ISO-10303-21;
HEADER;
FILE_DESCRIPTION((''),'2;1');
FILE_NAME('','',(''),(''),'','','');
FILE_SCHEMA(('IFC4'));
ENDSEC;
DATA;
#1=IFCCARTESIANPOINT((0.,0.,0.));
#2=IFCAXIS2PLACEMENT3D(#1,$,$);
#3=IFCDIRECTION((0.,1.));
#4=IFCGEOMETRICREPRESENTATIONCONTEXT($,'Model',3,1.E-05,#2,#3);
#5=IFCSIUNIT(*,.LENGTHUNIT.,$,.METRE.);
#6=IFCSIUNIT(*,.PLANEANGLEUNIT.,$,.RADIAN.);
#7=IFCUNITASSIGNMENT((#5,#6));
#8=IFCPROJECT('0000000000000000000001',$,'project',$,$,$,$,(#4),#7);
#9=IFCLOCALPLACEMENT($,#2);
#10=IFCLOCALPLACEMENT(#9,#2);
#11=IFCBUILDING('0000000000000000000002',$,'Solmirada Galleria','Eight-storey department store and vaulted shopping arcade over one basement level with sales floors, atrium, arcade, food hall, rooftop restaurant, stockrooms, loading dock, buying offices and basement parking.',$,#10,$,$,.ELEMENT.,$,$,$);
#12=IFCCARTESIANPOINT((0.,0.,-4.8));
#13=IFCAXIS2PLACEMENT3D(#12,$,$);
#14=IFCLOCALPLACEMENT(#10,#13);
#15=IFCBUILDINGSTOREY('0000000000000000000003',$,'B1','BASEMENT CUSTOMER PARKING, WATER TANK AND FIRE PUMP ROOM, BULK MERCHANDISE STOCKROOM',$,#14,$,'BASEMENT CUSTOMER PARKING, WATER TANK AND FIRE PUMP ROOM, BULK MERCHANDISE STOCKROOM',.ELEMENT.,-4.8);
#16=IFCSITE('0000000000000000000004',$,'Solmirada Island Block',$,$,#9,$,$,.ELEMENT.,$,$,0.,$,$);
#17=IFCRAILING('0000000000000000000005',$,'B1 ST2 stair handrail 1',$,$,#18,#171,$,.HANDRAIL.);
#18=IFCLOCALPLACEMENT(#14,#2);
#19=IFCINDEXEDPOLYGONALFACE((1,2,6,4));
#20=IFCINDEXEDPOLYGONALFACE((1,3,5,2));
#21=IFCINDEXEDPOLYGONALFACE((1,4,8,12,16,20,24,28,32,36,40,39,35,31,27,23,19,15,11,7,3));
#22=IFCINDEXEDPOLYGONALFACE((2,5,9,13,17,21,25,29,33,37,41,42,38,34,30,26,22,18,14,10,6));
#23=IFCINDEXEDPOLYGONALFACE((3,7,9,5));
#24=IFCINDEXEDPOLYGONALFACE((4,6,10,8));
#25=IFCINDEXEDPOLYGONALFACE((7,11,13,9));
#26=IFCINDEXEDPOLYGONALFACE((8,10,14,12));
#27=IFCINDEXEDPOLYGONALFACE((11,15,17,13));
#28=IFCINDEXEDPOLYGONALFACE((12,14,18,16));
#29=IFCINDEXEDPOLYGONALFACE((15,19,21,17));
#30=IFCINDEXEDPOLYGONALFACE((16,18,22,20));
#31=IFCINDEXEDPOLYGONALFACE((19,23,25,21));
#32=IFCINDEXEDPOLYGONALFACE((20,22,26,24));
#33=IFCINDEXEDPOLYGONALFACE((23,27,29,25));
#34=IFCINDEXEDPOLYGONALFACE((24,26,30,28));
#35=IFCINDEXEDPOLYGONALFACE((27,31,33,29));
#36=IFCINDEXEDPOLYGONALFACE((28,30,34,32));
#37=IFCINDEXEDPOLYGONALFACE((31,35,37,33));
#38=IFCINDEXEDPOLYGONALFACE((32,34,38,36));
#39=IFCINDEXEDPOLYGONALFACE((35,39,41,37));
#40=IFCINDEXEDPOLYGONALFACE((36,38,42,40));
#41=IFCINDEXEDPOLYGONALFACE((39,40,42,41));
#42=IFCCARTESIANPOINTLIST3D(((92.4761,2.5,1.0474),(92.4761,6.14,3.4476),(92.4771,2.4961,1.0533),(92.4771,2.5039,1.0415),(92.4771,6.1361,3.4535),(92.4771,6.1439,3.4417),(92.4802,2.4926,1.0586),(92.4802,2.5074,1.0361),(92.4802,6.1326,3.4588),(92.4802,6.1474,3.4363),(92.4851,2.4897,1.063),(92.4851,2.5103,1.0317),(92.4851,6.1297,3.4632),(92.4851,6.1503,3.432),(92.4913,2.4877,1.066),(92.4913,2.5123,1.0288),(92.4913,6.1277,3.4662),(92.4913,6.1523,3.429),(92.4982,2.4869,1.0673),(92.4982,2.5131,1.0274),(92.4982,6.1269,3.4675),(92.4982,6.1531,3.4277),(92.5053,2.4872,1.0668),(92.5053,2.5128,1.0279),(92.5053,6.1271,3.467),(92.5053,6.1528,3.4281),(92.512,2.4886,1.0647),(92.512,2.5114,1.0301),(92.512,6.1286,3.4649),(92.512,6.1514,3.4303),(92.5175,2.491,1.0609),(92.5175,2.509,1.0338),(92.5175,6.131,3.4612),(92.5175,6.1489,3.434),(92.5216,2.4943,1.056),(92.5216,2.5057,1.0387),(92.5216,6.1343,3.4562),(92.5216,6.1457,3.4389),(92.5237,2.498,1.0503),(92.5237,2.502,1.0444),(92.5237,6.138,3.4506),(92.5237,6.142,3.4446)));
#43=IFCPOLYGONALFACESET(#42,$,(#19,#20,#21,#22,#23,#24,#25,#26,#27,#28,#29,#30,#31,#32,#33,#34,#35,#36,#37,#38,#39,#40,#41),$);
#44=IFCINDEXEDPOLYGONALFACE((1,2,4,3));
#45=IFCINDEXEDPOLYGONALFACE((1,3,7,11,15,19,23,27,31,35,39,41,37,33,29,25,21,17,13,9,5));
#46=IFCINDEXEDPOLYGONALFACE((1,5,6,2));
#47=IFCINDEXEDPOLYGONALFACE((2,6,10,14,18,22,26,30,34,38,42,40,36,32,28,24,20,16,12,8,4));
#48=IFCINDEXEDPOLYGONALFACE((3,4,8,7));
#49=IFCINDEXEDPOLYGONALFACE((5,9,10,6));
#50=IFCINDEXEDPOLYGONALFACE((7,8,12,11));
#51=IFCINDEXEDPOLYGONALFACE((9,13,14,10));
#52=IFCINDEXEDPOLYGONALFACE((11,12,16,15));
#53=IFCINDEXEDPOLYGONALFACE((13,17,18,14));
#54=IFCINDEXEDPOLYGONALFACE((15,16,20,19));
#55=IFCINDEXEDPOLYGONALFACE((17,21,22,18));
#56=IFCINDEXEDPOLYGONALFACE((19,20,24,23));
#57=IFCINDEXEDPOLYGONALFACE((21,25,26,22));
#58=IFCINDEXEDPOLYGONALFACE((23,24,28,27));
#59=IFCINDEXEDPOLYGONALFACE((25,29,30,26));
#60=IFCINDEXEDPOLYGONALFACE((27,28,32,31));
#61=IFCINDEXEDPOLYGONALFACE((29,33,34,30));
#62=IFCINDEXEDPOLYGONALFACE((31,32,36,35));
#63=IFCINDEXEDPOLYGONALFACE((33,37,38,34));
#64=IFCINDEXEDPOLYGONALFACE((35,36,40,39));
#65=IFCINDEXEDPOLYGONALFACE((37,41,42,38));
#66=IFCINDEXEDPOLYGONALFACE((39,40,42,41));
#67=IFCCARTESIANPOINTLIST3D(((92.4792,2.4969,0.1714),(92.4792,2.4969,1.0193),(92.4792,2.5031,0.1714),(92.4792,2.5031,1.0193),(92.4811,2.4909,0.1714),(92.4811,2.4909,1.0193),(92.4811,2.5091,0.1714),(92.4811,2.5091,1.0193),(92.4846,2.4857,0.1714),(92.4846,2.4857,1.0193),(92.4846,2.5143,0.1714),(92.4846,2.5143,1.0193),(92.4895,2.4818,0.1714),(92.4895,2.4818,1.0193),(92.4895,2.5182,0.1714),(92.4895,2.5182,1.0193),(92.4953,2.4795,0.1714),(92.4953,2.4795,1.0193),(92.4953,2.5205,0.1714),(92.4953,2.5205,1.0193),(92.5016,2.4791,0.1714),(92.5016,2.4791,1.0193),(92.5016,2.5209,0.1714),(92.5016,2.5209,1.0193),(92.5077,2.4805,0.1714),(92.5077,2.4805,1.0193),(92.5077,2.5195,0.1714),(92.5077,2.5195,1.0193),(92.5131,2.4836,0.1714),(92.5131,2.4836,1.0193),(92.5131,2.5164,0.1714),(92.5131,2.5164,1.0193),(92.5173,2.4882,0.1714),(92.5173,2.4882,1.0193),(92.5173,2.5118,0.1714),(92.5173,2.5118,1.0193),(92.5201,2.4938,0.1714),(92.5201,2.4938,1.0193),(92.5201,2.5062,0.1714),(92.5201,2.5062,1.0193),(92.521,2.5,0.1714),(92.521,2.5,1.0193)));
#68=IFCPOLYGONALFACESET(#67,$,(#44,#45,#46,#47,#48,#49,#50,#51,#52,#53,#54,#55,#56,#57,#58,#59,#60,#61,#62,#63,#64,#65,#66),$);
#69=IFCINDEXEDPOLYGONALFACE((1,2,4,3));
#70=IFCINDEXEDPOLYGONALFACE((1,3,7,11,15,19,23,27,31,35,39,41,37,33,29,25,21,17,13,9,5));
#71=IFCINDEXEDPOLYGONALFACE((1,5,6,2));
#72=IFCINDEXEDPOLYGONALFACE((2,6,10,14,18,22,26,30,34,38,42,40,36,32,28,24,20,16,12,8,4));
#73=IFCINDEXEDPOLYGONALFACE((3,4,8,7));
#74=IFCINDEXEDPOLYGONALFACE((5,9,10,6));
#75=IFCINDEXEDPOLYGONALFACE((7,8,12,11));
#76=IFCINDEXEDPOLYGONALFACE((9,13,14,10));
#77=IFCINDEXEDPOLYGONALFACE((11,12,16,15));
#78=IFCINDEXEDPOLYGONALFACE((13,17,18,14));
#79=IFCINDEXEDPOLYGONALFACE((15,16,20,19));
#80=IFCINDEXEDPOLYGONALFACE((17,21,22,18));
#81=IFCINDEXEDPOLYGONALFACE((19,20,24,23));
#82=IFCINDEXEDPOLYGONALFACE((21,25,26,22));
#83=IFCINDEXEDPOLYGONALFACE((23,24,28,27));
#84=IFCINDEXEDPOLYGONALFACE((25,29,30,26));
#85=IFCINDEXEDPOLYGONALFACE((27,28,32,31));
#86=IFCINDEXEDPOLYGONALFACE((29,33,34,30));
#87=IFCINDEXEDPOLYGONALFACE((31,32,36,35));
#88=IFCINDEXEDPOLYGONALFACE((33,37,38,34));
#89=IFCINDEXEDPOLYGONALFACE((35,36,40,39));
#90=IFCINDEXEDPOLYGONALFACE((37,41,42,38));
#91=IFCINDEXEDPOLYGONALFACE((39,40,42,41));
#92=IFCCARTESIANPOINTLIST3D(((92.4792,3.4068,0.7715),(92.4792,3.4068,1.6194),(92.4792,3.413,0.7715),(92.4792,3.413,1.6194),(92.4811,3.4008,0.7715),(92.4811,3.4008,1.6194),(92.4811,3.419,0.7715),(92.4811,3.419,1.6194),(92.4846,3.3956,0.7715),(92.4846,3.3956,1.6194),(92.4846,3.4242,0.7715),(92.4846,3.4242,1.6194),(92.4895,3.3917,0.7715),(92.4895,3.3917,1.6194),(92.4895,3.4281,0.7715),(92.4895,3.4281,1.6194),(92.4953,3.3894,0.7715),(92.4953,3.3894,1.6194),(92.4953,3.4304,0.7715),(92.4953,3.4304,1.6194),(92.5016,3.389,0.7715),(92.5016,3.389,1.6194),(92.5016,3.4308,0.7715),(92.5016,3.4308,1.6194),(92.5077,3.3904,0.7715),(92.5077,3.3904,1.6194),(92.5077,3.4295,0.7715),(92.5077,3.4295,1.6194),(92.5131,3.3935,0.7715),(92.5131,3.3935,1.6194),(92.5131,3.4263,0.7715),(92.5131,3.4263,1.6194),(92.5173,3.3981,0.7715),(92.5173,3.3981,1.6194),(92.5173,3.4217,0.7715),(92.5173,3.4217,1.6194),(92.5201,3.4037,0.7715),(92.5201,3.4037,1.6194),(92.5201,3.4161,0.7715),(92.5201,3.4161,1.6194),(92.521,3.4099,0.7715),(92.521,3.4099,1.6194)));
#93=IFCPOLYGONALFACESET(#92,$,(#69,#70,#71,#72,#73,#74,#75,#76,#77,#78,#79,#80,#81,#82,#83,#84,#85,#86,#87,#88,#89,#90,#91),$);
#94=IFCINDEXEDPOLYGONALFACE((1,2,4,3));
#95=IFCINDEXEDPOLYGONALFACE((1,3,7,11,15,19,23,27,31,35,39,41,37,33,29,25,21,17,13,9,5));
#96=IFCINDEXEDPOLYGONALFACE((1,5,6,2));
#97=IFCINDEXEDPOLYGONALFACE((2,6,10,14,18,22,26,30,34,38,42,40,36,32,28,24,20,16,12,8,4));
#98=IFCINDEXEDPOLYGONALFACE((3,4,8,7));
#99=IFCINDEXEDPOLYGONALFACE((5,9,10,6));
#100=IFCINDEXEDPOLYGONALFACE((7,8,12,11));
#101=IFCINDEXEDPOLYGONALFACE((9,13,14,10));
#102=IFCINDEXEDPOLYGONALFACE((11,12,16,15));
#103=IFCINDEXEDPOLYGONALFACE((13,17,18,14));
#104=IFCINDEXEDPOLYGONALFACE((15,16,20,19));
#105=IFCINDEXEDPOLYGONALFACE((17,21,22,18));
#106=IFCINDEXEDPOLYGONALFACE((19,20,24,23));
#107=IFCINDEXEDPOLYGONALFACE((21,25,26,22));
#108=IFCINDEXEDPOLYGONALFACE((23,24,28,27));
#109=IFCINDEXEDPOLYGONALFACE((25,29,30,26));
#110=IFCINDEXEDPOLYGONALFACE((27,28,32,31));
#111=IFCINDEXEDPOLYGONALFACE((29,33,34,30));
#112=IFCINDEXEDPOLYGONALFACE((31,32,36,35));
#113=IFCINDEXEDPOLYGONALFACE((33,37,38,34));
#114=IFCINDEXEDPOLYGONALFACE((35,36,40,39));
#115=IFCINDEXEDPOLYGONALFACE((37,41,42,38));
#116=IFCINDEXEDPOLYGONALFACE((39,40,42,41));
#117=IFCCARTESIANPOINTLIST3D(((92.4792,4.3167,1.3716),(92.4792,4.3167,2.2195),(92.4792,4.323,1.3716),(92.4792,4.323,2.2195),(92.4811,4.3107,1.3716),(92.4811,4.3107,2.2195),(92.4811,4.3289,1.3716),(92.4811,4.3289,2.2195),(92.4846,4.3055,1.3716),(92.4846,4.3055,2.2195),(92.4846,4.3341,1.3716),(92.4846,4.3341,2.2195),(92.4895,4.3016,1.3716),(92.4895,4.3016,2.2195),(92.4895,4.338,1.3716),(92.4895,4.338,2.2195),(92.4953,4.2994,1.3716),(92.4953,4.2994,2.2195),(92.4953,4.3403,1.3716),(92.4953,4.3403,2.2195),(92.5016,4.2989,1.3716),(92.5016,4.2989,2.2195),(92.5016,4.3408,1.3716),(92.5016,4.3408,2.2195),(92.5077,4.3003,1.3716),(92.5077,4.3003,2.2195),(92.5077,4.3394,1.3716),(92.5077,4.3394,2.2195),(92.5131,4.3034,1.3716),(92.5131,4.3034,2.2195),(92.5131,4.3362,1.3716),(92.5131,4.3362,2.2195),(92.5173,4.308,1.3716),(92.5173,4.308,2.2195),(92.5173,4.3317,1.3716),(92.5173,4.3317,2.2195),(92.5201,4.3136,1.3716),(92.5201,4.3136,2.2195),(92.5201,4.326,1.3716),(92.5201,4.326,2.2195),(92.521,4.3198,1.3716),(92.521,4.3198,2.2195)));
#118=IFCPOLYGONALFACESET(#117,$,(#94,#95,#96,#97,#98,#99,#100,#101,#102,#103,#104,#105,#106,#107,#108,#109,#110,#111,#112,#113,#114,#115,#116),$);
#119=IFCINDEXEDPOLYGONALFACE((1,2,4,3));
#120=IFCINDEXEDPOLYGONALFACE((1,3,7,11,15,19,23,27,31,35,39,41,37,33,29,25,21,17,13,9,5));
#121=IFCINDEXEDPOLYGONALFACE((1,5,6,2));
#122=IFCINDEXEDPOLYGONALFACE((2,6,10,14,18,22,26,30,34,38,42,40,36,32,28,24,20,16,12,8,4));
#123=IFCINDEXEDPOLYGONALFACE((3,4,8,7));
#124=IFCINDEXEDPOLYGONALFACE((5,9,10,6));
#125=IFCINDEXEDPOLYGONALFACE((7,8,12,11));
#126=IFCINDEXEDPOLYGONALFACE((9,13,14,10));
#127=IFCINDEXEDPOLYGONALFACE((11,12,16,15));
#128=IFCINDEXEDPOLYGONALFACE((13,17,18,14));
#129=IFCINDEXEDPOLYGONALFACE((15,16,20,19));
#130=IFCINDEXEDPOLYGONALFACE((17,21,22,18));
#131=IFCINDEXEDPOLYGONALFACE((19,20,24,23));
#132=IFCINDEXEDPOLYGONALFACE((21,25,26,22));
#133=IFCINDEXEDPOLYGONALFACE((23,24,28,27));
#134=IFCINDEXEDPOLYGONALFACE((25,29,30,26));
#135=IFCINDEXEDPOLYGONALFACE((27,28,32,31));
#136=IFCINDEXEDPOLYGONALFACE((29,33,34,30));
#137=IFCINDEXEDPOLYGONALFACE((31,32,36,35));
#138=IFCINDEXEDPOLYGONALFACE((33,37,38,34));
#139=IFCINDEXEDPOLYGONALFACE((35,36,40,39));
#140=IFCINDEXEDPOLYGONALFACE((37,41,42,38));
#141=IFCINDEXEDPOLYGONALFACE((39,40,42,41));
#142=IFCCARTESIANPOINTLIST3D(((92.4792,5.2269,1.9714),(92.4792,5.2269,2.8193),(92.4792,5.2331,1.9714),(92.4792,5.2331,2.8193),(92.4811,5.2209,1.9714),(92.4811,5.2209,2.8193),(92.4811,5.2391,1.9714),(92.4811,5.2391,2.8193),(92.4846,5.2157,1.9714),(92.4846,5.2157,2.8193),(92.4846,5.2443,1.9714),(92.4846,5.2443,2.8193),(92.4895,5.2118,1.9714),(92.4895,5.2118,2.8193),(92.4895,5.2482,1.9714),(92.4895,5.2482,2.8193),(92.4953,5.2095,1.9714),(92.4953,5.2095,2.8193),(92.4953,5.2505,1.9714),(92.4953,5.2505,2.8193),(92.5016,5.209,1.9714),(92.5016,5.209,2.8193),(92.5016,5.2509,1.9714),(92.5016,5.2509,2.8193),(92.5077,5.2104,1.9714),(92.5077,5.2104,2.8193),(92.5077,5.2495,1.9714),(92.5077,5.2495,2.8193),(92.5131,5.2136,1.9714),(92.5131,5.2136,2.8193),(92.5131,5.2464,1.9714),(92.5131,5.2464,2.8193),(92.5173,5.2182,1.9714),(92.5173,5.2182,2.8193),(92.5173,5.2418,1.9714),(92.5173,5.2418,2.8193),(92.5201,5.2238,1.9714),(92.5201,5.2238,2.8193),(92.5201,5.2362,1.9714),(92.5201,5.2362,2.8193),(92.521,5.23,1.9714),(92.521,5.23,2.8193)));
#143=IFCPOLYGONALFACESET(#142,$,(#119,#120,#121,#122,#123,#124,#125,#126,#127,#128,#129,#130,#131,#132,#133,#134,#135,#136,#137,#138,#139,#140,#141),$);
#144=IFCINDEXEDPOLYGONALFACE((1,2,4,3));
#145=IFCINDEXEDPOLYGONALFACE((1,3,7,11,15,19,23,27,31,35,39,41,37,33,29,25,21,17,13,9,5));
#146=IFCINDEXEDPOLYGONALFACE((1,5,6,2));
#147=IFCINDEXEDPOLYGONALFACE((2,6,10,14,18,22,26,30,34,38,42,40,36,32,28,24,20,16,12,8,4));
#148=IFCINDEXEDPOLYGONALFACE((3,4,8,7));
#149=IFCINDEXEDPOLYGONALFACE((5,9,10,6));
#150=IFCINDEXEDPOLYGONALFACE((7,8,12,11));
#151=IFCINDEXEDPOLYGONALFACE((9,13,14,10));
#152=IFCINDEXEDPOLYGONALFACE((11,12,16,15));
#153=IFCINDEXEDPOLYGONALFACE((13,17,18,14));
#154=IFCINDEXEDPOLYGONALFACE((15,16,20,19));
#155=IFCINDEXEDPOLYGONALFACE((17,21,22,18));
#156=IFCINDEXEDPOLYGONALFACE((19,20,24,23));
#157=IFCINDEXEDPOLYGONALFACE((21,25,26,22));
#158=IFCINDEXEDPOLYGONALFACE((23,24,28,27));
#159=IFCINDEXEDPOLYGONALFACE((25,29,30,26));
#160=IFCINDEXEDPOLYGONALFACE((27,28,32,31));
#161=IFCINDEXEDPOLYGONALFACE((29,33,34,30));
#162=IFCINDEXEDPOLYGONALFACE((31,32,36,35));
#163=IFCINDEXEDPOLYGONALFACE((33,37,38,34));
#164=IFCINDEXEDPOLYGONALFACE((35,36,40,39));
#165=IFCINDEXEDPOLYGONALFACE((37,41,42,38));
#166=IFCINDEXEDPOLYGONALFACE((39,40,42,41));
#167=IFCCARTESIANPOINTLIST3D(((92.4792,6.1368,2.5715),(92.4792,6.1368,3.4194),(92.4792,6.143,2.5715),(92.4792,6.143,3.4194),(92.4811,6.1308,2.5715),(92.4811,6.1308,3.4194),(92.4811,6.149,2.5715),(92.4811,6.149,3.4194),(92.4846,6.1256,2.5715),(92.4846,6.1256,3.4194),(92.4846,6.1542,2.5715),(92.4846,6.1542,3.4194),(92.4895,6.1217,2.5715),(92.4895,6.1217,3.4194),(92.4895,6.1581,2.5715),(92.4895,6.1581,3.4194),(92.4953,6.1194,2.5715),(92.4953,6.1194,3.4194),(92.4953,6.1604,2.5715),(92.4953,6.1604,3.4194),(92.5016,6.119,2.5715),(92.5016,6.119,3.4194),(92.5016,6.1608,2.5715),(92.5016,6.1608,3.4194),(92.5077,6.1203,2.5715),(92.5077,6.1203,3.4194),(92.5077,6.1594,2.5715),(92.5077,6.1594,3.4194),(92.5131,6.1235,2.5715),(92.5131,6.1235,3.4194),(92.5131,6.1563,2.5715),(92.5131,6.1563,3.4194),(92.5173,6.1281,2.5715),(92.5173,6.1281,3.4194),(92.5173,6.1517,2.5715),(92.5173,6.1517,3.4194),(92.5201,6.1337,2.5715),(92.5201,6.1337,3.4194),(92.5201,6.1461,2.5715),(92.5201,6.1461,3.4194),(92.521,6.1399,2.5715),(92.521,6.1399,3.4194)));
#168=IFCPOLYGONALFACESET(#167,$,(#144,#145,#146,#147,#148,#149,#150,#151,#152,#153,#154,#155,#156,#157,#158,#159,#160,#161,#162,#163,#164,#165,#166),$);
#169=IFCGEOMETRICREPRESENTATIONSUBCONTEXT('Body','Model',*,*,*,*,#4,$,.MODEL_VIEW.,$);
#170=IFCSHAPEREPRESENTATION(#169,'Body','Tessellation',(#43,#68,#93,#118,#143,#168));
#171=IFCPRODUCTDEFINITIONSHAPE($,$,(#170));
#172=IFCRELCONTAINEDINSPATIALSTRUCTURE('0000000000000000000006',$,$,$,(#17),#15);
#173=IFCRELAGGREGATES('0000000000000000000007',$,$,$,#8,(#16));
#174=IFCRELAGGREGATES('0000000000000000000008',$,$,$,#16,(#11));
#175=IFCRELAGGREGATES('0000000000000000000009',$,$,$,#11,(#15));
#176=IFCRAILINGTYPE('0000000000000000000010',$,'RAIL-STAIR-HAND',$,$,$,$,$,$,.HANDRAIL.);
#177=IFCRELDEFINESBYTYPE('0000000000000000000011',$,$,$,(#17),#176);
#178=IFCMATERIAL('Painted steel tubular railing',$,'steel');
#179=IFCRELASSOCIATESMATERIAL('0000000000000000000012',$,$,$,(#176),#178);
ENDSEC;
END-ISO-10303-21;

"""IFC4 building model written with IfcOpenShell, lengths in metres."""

from ifc_helpers import new_model, si_unit, direction, frame, origin, origin_2d, place, context, subcontext, project, spatial, circle, extrude, material, type_object, element, save


model = new_model("IFC4")

# Units and contexts
model_context = context("Model", 3, precision=1e-05, world=origin(), true_north=direction((0.0, 1.0)))
body_context = subcontext(model_context, "Body", "Model", "MODEL_VIEW")
ifc_project = project(units=[si_unit("LENGTHUNIT", "METRE"), si_unit("PLANEANGLEUNIT", "RADIAN")], contexts=[model_context])

# Site, building, storey
site_placement = place(None, origin())
site = spatial("IfcSite", under=ifc_project, at=site_placement, Name="Solmirada Island Block", CompositionType="ELEMENT", RefElevation=0.0)
building_placement = place(site_placement, origin())
building = spatial("IfcBuilding", under=site, at=building_placement, Name="Solmirada Galleria", Description="Eight-storey department store and vaulted shopping arcade over one basement level with sales floors, atrium, arcade, food hall, rooftop restaurant, stockrooms, loading dock, buying offices and basement parking.", CompositionType="ELEMENT")
storey_placement = place(building_placement, frame((0.0, 0.0, -4.8)))
storey = spatial("IfcBuildingStorey", under=building, at=storey_placement, Name="B1", Description="BASEMENT CUSTOMER PARKING, WATER TANK AND FIRE PUMP ROOM, BULK MERCHANDISE STOCKROOM", LongName="BASEMENT CUSTOMER PARKING, WATER TANK AND FIRE PUMP ROOM, BULK MERCHANDISE STOCKROOM", CompositionType="ELEMENT", Elevation=-4.8)

# Railing
ifc_material_1 = material(Name="Painted steel tubular railing", Category="steel")
railing_type_1 = type_object("IfcRailingType", Name="RAIL-STAIR-HAND", PredefinedType="HANDRAIL", material=ifc_material_1)
railing_1_placement = place(storey_placement, frame((92.5, 2.5, 0.1714)))
element("IfcRailing", 1, at=railing_1_placement, inside=storey, type_object=railing_type_1, Name="B1 ST2 stair handrail 1", PredefinedType="HANDRAIL", context=body_context, shape_type="SweptSolid", body=[
    extrude(circle(Radius=0.0239, at=origin_2d()), frame((0.0, 0.0, 0.876), z_axis=(0.0, 0.834839, 0.550493), x_axis=(-1.0, 0.0, 0.0)), (0.0, 0.0, 1.0), 4.3601),
    extrude(circle(Radius=0.021, at=origin_2d()), origin(), (0.0, 0.0, 1.0), 0.8479),
    extrude(circle(Radius=0.021, at=origin_2d()), frame((0.0, 0.9099, 0.6001)), (0.0, 0.0, 1.0), 0.8479),
    extrude(circle(Radius=0.021, at=origin_2d()), frame((0.0, 1.8198, 1.2002)), (0.0, 0.0, 1.0), 0.8479),
    extrude(circle(Radius=0.021, at=origin_2d()), frame((0.0, 2.73, 1.8)), (0.0, 0.0, 1.0), 0.8479),
    extrude(circle(Radius=0.021, at=origin_2d()), frame((0.0, 3.6399, 2.4001)), (0.0, 0.0, 1.0), 0.8479),
])

save(model, "model.ifc")
